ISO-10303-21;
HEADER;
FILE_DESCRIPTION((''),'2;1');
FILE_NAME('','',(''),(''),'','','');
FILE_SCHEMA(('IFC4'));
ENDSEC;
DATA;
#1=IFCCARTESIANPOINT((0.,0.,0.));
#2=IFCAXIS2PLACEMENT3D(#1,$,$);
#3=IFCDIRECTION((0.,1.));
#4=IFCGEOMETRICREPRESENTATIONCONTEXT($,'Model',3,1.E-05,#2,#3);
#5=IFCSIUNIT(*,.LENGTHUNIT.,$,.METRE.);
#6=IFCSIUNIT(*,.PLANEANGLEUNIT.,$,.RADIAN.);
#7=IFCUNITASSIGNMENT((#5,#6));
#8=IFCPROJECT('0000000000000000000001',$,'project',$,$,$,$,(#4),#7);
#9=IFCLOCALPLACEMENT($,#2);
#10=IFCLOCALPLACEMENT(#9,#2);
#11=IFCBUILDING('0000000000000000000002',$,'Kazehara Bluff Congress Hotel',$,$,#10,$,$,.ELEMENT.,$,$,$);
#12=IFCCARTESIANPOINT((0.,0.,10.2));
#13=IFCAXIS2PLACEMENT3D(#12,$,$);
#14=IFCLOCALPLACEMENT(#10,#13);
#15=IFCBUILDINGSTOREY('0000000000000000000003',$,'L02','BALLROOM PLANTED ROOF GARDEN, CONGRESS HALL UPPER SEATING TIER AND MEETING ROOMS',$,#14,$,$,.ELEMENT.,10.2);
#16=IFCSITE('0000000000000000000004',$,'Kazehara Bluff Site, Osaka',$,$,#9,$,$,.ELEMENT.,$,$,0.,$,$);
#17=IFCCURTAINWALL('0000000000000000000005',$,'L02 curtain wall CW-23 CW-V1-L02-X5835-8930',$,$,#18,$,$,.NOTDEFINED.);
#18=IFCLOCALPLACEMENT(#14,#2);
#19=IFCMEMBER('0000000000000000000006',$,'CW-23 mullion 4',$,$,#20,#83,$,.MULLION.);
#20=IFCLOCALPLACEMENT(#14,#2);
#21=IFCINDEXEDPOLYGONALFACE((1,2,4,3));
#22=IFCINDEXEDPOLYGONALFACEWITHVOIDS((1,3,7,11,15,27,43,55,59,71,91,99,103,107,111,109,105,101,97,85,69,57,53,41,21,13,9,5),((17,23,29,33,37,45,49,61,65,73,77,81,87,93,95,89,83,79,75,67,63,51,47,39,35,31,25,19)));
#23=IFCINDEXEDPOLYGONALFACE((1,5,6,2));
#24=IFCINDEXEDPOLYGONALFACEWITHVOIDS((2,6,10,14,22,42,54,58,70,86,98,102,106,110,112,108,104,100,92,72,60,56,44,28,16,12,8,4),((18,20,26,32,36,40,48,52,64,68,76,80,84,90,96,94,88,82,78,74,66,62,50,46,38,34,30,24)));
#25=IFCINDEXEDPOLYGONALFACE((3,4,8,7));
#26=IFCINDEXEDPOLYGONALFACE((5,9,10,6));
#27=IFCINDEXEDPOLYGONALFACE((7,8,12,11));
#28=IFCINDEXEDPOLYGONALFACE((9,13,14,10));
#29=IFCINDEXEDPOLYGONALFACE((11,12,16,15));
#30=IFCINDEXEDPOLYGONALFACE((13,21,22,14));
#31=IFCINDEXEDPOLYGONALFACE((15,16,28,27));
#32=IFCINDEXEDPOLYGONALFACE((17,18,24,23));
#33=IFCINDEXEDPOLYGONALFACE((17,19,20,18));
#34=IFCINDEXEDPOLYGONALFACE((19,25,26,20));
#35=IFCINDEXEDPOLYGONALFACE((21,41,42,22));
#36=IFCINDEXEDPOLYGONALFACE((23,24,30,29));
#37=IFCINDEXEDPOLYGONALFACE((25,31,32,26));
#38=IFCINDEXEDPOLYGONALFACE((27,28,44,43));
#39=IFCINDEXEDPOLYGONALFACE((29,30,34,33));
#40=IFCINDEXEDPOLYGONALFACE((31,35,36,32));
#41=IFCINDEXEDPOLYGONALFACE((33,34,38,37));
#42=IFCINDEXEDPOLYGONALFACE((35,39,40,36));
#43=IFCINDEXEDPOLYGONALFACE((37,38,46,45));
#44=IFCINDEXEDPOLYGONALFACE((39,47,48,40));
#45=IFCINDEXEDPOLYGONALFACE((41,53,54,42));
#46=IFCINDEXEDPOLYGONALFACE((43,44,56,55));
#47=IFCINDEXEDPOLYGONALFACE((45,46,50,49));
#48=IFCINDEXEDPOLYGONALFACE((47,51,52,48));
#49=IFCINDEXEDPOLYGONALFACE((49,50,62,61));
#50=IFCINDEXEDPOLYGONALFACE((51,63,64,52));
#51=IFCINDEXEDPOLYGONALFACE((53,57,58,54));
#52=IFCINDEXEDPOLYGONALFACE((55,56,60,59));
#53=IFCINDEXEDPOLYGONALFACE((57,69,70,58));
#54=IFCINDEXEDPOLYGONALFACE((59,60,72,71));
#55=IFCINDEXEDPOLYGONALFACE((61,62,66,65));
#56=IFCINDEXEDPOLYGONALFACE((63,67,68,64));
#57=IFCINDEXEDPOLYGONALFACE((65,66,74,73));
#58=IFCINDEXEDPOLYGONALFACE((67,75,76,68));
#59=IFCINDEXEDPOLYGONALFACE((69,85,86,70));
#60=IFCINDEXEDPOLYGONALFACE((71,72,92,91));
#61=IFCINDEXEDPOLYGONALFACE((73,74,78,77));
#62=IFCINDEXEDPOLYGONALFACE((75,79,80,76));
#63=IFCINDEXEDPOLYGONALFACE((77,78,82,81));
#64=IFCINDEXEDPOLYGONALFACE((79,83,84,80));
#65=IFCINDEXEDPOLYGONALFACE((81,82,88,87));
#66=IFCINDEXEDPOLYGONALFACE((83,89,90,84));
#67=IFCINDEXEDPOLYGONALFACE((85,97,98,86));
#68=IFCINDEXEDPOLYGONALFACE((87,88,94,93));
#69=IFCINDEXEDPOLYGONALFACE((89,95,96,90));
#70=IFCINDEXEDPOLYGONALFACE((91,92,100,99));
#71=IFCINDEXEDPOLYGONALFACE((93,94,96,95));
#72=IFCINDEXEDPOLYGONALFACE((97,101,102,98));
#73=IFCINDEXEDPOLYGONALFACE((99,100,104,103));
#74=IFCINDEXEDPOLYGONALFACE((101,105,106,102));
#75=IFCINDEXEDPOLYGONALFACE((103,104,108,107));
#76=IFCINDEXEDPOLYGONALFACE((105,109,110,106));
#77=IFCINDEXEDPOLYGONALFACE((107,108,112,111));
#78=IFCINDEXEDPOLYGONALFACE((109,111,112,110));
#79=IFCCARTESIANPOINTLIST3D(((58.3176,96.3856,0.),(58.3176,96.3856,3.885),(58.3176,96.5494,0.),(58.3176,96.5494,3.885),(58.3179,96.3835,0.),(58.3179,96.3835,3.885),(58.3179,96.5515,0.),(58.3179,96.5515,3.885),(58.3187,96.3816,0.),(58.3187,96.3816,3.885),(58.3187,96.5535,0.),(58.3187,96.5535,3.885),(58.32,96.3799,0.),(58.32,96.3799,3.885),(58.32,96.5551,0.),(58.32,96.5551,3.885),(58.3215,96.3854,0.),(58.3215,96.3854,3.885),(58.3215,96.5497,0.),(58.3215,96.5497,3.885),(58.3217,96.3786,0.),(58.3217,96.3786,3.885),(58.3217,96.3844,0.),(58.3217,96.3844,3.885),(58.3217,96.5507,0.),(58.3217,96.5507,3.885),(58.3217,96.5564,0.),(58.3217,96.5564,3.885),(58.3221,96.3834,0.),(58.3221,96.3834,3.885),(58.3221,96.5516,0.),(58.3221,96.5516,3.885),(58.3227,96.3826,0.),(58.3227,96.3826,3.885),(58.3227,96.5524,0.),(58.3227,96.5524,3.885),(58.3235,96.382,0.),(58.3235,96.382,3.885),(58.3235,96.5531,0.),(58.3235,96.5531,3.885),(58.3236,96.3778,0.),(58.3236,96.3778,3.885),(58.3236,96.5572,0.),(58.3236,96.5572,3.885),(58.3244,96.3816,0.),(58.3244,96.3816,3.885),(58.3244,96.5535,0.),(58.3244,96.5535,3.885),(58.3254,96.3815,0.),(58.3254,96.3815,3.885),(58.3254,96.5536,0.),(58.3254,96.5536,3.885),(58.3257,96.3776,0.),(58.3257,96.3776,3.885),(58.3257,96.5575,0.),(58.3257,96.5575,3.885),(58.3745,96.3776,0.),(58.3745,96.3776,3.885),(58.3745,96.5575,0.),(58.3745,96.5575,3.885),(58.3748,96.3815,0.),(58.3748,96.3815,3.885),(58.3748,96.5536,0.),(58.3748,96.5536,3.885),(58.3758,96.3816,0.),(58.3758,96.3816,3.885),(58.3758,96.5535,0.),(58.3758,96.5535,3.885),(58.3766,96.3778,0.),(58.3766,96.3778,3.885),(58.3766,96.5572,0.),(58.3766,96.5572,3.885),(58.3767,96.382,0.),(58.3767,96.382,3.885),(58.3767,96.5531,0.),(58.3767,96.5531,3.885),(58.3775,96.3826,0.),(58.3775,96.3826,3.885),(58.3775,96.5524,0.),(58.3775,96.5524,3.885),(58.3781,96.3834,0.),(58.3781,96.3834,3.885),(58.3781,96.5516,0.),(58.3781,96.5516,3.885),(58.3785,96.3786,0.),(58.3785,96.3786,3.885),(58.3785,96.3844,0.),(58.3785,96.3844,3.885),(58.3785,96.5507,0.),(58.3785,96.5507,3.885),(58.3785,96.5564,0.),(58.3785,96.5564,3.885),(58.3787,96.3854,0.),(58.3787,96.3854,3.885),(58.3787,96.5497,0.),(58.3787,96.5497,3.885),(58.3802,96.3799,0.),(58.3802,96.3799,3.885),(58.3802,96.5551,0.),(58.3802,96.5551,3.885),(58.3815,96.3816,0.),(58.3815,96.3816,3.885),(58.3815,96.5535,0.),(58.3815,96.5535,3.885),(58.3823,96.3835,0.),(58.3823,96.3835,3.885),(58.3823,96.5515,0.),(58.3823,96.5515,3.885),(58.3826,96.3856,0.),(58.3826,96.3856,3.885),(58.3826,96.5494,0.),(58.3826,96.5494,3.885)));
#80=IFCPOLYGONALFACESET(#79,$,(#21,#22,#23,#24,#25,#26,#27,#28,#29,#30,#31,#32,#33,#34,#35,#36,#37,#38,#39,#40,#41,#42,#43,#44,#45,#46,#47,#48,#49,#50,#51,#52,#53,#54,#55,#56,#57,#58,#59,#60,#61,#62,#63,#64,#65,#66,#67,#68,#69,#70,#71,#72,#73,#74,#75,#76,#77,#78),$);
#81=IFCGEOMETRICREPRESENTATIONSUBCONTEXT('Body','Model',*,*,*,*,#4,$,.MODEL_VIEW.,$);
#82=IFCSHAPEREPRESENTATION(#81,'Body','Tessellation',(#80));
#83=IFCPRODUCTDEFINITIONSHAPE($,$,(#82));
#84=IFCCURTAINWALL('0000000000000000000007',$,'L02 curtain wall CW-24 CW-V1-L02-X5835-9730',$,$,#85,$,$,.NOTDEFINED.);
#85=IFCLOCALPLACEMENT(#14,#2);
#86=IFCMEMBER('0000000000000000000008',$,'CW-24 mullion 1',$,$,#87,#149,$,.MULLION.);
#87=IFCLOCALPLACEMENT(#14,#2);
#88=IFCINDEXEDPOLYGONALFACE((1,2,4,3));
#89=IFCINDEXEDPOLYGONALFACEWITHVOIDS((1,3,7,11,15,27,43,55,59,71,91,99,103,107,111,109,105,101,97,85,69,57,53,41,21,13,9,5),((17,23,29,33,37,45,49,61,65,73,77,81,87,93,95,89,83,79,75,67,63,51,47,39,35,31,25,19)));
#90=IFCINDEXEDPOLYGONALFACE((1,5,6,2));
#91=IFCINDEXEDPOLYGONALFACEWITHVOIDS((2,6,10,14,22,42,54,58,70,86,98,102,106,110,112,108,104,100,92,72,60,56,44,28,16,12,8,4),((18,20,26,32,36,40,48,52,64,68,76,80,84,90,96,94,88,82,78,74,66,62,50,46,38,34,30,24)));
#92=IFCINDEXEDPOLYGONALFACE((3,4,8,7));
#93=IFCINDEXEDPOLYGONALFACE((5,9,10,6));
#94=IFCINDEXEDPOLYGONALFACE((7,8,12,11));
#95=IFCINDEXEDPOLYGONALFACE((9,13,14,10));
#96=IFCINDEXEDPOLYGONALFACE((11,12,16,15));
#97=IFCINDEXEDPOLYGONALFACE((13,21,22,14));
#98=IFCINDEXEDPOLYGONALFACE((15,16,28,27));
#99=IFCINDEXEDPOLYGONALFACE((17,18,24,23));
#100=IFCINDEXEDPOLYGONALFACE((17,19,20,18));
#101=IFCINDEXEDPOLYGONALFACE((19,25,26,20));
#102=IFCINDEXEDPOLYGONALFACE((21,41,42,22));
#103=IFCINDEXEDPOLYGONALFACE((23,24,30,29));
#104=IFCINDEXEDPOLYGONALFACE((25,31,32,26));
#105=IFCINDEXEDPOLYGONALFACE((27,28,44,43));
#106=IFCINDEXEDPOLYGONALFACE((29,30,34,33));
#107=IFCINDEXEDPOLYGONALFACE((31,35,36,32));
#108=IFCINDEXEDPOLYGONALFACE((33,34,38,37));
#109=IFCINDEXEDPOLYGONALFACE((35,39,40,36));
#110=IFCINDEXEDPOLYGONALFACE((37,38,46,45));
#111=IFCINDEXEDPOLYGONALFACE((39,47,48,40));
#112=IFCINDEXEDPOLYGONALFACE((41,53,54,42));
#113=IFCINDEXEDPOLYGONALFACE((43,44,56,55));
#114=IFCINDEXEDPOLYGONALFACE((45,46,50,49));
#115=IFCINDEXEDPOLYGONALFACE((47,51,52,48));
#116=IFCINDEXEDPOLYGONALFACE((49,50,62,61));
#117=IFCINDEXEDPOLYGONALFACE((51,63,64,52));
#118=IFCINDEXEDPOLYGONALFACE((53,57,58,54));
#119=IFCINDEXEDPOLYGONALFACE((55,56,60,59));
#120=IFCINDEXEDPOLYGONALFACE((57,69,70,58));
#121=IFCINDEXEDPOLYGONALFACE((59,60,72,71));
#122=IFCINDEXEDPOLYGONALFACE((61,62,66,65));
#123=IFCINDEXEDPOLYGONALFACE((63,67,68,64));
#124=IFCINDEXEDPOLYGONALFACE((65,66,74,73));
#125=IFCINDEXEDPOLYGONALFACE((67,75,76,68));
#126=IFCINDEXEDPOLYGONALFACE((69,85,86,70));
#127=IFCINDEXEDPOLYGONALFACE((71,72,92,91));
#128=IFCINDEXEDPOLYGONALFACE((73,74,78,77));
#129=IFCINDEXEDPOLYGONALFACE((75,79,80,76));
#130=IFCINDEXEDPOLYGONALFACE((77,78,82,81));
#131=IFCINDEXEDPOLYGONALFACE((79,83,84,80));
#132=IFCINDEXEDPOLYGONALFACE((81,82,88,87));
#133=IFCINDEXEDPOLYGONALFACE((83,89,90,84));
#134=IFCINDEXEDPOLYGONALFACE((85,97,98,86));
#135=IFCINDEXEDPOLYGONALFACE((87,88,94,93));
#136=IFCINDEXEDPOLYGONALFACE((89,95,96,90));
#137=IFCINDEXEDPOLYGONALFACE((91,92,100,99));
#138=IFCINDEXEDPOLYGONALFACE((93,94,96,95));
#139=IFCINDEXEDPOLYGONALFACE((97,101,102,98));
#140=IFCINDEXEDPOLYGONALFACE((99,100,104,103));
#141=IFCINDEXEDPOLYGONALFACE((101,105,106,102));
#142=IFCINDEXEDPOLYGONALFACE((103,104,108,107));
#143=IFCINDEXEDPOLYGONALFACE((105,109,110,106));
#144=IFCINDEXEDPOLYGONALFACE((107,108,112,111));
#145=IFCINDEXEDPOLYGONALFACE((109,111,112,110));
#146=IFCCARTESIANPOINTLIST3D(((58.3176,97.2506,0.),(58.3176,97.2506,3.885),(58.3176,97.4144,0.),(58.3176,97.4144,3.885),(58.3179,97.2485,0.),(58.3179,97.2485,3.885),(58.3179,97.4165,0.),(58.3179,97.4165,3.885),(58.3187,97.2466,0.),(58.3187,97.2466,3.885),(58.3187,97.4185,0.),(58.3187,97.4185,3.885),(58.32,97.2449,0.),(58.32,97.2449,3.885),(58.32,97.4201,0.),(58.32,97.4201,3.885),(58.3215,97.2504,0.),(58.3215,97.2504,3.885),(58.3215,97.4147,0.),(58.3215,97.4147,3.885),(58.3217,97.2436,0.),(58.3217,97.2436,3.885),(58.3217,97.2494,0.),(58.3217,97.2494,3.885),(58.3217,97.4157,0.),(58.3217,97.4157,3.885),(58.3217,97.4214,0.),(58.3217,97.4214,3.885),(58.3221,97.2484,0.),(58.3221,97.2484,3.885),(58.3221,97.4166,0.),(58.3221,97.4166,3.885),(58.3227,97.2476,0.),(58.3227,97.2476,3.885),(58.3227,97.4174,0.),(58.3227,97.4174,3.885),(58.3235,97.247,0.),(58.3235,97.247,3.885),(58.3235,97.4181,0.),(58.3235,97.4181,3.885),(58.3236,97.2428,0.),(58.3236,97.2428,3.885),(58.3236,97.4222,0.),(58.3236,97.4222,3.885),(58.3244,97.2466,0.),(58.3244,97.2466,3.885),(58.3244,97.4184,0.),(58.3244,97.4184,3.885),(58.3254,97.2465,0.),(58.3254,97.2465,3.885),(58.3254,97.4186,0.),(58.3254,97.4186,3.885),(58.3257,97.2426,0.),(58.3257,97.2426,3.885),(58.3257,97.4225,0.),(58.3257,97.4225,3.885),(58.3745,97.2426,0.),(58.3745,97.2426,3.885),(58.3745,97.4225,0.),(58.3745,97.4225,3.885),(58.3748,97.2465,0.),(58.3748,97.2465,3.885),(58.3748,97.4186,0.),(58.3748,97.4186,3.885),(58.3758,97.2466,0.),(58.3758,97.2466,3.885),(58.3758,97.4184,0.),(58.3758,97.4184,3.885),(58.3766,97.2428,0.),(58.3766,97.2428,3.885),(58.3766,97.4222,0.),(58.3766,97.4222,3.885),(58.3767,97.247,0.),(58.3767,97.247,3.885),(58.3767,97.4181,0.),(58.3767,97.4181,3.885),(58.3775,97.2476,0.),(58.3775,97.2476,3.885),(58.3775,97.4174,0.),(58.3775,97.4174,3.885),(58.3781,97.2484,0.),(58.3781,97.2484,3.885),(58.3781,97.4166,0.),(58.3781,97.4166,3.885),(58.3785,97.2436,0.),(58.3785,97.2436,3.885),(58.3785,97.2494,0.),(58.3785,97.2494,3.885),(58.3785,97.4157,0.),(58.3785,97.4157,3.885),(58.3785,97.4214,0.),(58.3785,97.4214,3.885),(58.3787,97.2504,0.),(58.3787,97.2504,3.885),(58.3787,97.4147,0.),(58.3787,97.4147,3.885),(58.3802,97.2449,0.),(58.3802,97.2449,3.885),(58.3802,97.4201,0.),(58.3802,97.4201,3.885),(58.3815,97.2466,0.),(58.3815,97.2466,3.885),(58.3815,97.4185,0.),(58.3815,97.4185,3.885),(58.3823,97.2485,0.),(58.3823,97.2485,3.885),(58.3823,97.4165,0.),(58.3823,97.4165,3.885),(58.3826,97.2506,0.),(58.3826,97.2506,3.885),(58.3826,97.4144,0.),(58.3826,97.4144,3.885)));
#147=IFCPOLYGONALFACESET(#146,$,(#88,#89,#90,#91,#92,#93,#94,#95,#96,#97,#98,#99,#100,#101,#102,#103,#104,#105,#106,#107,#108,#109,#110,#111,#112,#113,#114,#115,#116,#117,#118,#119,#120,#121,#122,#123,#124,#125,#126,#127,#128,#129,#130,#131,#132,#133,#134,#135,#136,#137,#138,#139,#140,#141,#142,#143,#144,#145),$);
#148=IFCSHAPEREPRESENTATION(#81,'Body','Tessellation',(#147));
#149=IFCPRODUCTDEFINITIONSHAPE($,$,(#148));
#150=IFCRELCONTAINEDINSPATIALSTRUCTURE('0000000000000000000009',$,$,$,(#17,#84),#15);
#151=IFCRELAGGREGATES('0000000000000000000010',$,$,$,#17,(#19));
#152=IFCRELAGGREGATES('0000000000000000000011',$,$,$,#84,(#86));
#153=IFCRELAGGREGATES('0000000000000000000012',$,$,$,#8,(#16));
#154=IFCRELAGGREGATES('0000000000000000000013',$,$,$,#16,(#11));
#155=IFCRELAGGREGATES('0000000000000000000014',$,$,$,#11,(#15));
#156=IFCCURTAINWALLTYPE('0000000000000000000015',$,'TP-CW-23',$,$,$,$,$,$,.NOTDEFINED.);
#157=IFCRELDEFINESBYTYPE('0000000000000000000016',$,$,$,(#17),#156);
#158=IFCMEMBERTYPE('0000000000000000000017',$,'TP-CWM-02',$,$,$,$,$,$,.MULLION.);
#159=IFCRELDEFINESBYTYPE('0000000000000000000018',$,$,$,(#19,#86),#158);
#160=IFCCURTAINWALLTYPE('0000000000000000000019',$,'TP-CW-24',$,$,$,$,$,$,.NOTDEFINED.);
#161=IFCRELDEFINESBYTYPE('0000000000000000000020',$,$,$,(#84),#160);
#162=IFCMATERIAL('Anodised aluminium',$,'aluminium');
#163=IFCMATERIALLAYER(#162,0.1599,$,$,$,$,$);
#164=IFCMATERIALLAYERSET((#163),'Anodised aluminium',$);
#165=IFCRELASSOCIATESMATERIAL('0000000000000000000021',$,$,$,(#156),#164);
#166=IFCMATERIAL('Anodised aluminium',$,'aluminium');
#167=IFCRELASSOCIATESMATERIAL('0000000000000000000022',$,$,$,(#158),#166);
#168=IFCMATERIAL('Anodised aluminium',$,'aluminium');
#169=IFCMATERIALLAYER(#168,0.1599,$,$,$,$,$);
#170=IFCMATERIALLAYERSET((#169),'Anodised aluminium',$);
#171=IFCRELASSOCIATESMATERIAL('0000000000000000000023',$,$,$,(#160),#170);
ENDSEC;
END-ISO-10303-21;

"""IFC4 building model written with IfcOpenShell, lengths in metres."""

from ifc_helpers import new_model, si_unit, direction, frame, origin, origin_2d, place, context, subcontext, project, spatial, hollow_rectangle, extrude, material, layer, layer_set, material_profile, profile_set, type_object, element, aggregate, save


model = new_model("IFC4")

# Units and contexts
model_context = context("Model", 3, precision=1e-05, world=origin(), true_north=direction((0.0, 1.0)))
body_context = subcontext(model_context, "Body", "Model", "MODEL_VIEW")
ifc_project = project(units=[si_unit("LENGTHUNIT", "METRE"), si_unit("PLANEANGLEUNIT", "RADIAN")], contexts=[model_context])

# Site, building, storey
site_placement = place(None, origin())
site = spatial("IfcSite", under=ifc_project, at=site_placement, Name="Kazehara Bluff Site, Osaka", CompositionType="ELEMENT", RefElevation=0.0)
building_placement = place(site_placement, origin())
building = spatial("IfcBuilding", under=site, at=building_placement, Name="Kazehara Bluff Congress Hotel", CompositionType="ELEMENT")
storey_placement = place(building_placement, frame((0.0, 0.0, 10.2)))
storey = spatial("IfcBuildingStorey", under=building, at=storey_placement, Name="L02", Description="BALLROOM PLANTED ROOF GARDEN, CONGRESS HALL UPPER SEATING TIER AND MEETING ROOMS", CompositionType="ELEMENT", Elevation=10.2)

# Curtain wall, member
ifc_material_1 = material(Name="Anodised aluminium", Category="aluminium")
ifc_layer_1 = layer(ifc_material_1, 0.1599)
ifc_layer_set_1 = layer_set([ifc_layer_1], Name="Anodised aluminium")
curtain_wall_type_1 = type_object("IfcCurtainWallType", Name="TP-CW-23", PredefinedType="NOTDEFINED", material=ifc_layer_set_1)
curtain_wall_1_placement = place(storey_placement, origin())
curtain_wall_1 = element("IfcCurtainWall", 1, at=curtain_wall_1_placement, inside=storey, type_object=curtain_wall_type_1, Name="L02 curtain wall CW-23 CW-V1-L02-X5835-8930", PredefinedType="NOTDEFINED")
ifc_material_2 = material(Name="Anodised aluminium", Category="aluminium")
ifc_material_profile_1 = material_profile(ifc_material_2, hollow_rectangle(XDim=0.0649, YDim=0.1799, WallThickness=0.0039, InnerFilletRadius=0.0039, OuterFilletRadius=0.0081, at=origin_2d()))
ifc_profile_set_1 = profile_set([ifc_material_profile_1], Name="Anodised aluminium")
member_type_1 = type_object("IfcMemberType", Name="TP-CWM-02", PredefinedType="MULLION", material=ifc_profile_set_1)
member_1_placement = place(storey_placement, frame((58.3501, 96.4675, 0.0), z_axis=(0.0, 0.0, 1.0), x_axis=(-1.0, 0.0, 0.0)))
member_1 = element("IfcMember", 2, at=member_1_placement, type_object=member_type_1, Name="CW-23 mullion 4", PredefinedType="MULLION", context=body_context, shape_type="SweptSolid", body=[
    extrude(hollow_rectangle(XDim=0.0649, YDim=0.1799, WallThickness=0.0039, InnerFilletRadius=0.0039, OuterFilletRadius=0.0081, at=origin_2d()), origin(), (0.0, 0.0, 1.0), 3.885),
])

# Curtain wall, member
ifc_material_3 = material(Name="Anodised aluminium", Category="aluminium")
ifc_layer_2 = layer(ifc_material_3, 0.1599)
ifc_layer_set_2 = layer_set([ifc_layer_2], Name="Anodised aluminium")
curtain_wall_type_2 = type_object("IfcCurtainWallType", Name="TP-CW-24", PredefinedType="NOTDEFINED", material=ifc_layer_set_2)
curtain_wall_2_placement = place(storey_placement, origin())
curtain_wall_2 = element("IfcCurtainWall", 3, at=curtain_wall_2_placement, inside=storey, type_object=curtain_wall_type_2, Name="L02 curtain wall CW-24 CW-V1-L02-X5835-9730", PredefinedType="NOTDEFINED")
member_2_placement = place(storey_placement, frame((58.3501, 97.3325, 0.0), z_axis=(0.0, 0.0, 1.0), x_axis=(-1.0, 0.0, 0.0)))
member_2 = element("IfcMember", 4, at=member_2_placement, type_object=member_type_1, Name="CW-24 mullion 1", PredefinedType="MULLION", context=body_context, shape_type="SweptSolid", body=[
    extrude(hollow_rectangle(XDim=0.0649, YDim=0.1799, WallThickness=0.0039, InnerFilletRadius=0.0039, OuterFilletRadius=0.0081, at=origin_2d()), origin(), (0.0, 0.0, 1.0), 3.885),
])

aggregate(curtain_wall_1, [member_1])
aggregate(curtain_wall_2, [member_2])

save(model, "model.ifc")
